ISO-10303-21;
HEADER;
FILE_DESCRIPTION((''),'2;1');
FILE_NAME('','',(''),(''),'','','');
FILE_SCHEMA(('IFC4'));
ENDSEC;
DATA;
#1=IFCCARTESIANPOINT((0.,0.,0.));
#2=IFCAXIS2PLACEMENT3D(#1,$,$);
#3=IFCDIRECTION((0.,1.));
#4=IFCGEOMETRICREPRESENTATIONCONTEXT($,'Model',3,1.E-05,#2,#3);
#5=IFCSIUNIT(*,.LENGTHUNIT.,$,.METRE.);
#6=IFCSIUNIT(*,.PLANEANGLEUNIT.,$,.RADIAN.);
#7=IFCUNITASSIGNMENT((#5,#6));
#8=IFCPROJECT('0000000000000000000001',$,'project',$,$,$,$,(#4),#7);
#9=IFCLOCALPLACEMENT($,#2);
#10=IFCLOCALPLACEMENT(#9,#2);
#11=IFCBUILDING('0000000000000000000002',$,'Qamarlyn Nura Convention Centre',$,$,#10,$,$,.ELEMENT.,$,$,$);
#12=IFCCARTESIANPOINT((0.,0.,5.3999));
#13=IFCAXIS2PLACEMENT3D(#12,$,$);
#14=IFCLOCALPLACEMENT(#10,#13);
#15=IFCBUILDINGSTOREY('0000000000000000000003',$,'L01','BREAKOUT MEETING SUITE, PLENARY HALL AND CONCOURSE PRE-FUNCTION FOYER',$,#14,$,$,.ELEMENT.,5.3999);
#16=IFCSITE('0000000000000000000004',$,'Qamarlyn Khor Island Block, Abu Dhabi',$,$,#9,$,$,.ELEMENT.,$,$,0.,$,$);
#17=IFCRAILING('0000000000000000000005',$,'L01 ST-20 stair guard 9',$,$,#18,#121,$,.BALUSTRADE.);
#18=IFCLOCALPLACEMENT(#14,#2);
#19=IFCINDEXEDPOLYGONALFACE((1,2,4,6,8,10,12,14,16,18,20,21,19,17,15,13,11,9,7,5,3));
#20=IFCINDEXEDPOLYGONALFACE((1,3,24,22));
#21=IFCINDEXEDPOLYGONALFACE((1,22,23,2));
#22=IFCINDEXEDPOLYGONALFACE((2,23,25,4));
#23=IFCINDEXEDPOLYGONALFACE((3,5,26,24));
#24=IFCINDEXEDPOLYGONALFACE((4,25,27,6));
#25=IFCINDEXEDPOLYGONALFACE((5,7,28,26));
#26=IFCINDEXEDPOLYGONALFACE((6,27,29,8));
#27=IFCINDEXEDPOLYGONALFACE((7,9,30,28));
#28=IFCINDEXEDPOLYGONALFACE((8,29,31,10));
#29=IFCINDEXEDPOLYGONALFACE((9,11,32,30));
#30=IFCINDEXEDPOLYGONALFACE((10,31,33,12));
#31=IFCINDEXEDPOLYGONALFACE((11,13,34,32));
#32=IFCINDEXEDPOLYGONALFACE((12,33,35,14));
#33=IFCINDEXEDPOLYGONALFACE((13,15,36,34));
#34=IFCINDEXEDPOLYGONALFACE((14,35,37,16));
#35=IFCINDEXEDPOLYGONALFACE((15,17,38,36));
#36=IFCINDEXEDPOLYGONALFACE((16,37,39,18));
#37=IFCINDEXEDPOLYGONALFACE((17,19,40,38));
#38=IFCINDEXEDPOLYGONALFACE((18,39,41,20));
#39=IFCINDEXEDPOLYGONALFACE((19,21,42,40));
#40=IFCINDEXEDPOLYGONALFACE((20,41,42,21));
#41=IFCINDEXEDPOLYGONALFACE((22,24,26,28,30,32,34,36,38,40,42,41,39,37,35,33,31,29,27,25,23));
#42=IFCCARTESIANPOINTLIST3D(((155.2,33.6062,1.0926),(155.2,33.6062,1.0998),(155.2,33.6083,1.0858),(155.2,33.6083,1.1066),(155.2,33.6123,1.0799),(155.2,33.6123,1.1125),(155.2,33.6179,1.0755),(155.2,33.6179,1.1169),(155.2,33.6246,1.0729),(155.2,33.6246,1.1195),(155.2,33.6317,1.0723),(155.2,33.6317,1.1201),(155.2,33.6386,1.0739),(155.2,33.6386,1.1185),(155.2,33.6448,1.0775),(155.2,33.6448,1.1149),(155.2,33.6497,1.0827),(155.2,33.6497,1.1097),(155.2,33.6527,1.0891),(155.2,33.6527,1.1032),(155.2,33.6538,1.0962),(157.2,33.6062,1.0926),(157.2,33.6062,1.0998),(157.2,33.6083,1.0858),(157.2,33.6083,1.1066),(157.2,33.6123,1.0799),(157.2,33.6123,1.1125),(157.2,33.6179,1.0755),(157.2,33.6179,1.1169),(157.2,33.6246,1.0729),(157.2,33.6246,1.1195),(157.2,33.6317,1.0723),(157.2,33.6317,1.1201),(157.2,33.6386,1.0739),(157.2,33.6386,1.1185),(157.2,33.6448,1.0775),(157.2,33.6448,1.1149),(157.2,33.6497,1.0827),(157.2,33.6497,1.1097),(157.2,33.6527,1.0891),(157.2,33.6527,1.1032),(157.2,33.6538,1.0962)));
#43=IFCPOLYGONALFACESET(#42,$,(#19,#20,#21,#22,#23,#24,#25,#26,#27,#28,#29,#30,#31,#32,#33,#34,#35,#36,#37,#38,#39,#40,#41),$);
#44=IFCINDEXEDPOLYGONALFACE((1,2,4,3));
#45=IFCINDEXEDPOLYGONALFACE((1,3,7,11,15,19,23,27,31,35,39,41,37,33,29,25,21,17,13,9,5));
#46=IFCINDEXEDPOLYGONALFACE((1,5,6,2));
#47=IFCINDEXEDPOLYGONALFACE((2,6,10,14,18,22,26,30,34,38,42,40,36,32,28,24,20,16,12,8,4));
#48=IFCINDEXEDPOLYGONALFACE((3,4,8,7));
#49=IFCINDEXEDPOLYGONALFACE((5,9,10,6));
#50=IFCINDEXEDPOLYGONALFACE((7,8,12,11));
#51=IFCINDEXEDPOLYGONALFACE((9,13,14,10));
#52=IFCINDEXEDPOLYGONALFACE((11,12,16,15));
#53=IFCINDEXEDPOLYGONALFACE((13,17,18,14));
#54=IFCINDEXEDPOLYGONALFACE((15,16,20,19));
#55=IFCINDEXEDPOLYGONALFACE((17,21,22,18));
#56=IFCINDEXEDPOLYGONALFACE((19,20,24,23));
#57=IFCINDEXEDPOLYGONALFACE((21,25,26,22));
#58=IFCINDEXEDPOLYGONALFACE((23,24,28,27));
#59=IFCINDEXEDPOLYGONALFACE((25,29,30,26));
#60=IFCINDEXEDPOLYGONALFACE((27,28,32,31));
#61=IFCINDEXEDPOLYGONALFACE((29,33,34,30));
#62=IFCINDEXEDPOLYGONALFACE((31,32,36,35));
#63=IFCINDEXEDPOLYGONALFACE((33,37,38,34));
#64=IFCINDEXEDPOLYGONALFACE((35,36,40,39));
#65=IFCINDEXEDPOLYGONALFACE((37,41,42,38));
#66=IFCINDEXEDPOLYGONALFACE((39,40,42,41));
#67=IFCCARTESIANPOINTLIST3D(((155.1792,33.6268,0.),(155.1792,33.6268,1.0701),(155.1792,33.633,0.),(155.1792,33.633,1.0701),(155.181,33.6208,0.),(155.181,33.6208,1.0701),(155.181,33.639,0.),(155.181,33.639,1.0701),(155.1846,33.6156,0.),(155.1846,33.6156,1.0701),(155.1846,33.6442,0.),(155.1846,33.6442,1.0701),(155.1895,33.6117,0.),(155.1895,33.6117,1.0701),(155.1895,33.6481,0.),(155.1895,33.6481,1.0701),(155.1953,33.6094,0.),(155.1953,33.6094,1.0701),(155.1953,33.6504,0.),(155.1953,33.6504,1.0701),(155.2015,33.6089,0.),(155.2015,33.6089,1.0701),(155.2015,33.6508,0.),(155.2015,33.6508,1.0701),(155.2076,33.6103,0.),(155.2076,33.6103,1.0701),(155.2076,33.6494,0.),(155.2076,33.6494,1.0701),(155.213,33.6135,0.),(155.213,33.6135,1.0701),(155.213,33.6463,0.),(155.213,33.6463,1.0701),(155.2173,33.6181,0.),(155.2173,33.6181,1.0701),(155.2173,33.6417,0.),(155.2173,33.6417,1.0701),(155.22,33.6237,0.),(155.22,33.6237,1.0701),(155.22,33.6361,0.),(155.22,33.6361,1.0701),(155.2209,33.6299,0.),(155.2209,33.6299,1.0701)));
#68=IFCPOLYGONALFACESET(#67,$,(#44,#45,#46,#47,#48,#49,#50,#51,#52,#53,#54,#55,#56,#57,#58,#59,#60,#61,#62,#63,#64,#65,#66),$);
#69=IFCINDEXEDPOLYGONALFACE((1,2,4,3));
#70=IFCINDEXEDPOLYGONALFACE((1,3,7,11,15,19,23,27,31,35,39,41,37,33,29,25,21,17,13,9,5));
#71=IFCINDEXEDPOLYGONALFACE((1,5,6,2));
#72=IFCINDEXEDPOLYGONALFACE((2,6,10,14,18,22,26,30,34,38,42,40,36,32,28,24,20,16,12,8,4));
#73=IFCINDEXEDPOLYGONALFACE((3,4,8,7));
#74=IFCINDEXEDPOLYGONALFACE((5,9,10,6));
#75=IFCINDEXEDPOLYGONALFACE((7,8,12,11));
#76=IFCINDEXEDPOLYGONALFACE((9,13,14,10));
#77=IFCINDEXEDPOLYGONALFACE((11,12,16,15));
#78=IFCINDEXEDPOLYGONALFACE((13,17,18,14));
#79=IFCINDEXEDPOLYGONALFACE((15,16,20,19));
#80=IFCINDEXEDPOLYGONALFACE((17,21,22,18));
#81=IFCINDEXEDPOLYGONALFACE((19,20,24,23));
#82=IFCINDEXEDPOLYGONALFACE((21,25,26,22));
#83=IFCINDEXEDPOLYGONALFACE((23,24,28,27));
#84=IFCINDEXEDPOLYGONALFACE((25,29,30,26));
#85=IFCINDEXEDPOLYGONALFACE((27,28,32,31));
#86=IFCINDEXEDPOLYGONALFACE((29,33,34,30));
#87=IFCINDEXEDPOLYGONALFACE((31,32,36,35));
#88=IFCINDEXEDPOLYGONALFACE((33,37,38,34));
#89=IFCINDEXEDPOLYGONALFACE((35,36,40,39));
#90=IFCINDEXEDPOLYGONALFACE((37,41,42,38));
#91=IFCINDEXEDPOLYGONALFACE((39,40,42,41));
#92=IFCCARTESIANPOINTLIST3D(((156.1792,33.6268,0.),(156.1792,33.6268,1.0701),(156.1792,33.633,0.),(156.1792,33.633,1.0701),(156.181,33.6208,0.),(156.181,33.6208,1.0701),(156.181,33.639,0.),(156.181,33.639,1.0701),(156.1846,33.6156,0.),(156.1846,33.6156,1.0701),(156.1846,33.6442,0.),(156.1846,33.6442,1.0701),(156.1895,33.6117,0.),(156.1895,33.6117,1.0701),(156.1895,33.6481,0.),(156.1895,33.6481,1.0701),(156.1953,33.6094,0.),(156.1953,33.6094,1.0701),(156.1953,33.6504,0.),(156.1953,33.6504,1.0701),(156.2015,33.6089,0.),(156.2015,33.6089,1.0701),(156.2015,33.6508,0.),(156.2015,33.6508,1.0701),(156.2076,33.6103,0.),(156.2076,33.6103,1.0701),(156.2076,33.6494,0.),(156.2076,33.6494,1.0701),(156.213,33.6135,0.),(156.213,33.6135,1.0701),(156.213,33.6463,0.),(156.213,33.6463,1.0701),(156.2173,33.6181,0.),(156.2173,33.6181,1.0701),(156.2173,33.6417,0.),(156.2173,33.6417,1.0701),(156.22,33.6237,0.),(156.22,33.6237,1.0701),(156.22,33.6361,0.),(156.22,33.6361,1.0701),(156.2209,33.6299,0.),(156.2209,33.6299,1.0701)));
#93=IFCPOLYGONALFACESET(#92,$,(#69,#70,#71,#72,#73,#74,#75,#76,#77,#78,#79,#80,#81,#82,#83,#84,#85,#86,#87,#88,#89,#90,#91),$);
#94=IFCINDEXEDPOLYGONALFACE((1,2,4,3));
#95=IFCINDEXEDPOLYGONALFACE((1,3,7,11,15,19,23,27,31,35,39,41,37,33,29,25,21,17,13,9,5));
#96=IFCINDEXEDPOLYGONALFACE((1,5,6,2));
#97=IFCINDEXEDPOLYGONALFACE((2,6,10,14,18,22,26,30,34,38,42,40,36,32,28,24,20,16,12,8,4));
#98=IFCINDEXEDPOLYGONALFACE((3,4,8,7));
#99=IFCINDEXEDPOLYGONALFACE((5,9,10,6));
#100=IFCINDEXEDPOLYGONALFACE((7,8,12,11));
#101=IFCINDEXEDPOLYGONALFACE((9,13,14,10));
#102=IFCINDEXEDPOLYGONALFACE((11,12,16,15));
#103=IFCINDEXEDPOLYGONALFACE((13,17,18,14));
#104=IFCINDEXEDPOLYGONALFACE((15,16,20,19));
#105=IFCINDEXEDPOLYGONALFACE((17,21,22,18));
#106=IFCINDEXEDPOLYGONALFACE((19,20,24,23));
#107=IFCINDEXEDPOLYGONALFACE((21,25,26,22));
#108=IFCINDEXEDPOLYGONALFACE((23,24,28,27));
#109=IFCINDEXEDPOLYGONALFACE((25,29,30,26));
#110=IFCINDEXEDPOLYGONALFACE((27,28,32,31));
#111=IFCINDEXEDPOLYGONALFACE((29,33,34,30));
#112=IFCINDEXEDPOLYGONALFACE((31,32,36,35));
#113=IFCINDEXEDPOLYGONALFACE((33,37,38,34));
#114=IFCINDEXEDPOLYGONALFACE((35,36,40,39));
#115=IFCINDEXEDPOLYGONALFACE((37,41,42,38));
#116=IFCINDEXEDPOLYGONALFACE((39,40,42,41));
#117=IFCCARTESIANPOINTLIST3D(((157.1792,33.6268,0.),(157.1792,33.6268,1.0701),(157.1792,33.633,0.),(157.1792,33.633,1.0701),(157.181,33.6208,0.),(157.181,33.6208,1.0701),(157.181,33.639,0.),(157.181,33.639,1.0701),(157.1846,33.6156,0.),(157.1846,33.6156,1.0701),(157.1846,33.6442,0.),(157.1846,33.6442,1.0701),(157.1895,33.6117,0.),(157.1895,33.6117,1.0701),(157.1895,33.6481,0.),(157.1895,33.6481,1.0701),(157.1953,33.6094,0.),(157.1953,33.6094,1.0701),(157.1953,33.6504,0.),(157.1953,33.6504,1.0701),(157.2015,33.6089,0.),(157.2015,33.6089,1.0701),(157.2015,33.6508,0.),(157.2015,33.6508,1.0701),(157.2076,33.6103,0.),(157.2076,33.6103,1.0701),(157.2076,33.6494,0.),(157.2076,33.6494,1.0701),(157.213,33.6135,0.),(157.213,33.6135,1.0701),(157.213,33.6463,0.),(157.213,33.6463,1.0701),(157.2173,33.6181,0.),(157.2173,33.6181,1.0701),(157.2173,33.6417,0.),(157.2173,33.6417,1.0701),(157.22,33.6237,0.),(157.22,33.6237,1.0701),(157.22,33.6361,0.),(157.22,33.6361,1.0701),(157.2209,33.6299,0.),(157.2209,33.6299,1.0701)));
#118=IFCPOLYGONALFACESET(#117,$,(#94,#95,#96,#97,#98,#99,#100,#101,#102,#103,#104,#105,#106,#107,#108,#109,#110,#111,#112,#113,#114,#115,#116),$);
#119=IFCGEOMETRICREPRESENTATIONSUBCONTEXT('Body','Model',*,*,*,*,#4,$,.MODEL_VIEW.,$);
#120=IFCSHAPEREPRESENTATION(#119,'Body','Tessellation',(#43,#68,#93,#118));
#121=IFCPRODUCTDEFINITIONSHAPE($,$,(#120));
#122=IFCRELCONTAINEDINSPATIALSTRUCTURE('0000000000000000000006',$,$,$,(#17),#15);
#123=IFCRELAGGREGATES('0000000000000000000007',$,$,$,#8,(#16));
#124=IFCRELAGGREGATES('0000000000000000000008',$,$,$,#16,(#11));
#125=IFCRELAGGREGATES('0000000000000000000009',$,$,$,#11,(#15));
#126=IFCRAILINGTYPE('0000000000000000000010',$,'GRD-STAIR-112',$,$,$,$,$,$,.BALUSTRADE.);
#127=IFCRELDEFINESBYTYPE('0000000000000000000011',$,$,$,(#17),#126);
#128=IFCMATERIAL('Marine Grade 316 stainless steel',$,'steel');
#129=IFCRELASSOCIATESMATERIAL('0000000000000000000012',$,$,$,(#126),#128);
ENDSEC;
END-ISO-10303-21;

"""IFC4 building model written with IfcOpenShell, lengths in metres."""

from ifc_helpers import new_model, si_unit, direction, frame, origin, origin_2d, place, context, subcontext, project, spatial, circle, extrude, material, type_object, element, save


model = new_model("IFC4")

# Units and contexts
model_context = context("Model", 3, precision=1e-05, world=origin(), true_north=direction((0.0, 1.0)))
body_context = subcontext(model_context, "Body", "Model", "MODEL_VIEW")
ifc_project = project(units=[si_unit("LENGTHUNIT", "METRE"), si_unit("PLANEANGLEUNIT", "RADIAN")], contexts=[model_context])

# Site, building, storey
site_placement = place(None, origin())
site = spatial("IfcSite", under=ifc_project, at=site_placement, Name="Qamarlyn Khor Island Block, Abu Dhabi", CompositionType="ELEMENT", RefElevation=0.0)
building_placement = place(site_placement, origin())
building = spatial("IfcBuilding", under=site, at=building_placement, Name="Qamarlyn Nura Convention Centre", CompositionType="ELEMENT")
storey_placement = place(building_placement, frame((0.0, 0.0, 5.3999)))
storey = spatial("IfcBuildingStorey", under=building, at=storey_placement, Name="L01", Description="BREAKOUT MEETING SUITE, PLENARY HALL AND CONCOURSE PRE-FUNCTION FOYER", CompositionType="ELEMENT", Elevation=5.3999)

# Railing
ifc_material_1 = material(Name="Marine Grade 316 stainless steel", Category="steel")
railing_type_1 = type_object("IfcRailingType", Name="GRD-STAIR-112", PredefinedType="BALUSTRADE", material=ifc_material_1)
for number, where, name in (
    (1, (155.2, 33.6299, 0.0), "L01 ST-20 stair guard 9"),
):
    element("IfcRailing", number, at=place(storey_placement, frame(where)), inside=storey, type_object=railing_type_1, Name=name, PredefinedType="BALUSTRADE", context=body_context, shape_type="SweptSolid", body=[
        extrude(circle(Radius=0.0239, at=origin_2d()), frame((0.0, 0.0, 1.0962), z_axis=(1.0, 0.0, 0.0), x_axis=(0.0, 1.0, 0.0)), (0.0, 0.0, 1.0), 2.0),
        extrude(circle(Radius=0.021, at=origin_2d()), origin(), (0.0, 0.0, 1.0), 1.0701),
        extrude(circle(Radius=0.021, at=origin_2d()), frame((1.0, 0.0, 0.0)), (0.0, 0.0, 1.0), 1.0701),
        extrude(circle(Radius=0.021, at=origin_2d()), frame((2.0, 0.0, 0.0)), (0.0, 0.0, 1.0), 1.0701),
    ])

save(model, "model.ifc")
